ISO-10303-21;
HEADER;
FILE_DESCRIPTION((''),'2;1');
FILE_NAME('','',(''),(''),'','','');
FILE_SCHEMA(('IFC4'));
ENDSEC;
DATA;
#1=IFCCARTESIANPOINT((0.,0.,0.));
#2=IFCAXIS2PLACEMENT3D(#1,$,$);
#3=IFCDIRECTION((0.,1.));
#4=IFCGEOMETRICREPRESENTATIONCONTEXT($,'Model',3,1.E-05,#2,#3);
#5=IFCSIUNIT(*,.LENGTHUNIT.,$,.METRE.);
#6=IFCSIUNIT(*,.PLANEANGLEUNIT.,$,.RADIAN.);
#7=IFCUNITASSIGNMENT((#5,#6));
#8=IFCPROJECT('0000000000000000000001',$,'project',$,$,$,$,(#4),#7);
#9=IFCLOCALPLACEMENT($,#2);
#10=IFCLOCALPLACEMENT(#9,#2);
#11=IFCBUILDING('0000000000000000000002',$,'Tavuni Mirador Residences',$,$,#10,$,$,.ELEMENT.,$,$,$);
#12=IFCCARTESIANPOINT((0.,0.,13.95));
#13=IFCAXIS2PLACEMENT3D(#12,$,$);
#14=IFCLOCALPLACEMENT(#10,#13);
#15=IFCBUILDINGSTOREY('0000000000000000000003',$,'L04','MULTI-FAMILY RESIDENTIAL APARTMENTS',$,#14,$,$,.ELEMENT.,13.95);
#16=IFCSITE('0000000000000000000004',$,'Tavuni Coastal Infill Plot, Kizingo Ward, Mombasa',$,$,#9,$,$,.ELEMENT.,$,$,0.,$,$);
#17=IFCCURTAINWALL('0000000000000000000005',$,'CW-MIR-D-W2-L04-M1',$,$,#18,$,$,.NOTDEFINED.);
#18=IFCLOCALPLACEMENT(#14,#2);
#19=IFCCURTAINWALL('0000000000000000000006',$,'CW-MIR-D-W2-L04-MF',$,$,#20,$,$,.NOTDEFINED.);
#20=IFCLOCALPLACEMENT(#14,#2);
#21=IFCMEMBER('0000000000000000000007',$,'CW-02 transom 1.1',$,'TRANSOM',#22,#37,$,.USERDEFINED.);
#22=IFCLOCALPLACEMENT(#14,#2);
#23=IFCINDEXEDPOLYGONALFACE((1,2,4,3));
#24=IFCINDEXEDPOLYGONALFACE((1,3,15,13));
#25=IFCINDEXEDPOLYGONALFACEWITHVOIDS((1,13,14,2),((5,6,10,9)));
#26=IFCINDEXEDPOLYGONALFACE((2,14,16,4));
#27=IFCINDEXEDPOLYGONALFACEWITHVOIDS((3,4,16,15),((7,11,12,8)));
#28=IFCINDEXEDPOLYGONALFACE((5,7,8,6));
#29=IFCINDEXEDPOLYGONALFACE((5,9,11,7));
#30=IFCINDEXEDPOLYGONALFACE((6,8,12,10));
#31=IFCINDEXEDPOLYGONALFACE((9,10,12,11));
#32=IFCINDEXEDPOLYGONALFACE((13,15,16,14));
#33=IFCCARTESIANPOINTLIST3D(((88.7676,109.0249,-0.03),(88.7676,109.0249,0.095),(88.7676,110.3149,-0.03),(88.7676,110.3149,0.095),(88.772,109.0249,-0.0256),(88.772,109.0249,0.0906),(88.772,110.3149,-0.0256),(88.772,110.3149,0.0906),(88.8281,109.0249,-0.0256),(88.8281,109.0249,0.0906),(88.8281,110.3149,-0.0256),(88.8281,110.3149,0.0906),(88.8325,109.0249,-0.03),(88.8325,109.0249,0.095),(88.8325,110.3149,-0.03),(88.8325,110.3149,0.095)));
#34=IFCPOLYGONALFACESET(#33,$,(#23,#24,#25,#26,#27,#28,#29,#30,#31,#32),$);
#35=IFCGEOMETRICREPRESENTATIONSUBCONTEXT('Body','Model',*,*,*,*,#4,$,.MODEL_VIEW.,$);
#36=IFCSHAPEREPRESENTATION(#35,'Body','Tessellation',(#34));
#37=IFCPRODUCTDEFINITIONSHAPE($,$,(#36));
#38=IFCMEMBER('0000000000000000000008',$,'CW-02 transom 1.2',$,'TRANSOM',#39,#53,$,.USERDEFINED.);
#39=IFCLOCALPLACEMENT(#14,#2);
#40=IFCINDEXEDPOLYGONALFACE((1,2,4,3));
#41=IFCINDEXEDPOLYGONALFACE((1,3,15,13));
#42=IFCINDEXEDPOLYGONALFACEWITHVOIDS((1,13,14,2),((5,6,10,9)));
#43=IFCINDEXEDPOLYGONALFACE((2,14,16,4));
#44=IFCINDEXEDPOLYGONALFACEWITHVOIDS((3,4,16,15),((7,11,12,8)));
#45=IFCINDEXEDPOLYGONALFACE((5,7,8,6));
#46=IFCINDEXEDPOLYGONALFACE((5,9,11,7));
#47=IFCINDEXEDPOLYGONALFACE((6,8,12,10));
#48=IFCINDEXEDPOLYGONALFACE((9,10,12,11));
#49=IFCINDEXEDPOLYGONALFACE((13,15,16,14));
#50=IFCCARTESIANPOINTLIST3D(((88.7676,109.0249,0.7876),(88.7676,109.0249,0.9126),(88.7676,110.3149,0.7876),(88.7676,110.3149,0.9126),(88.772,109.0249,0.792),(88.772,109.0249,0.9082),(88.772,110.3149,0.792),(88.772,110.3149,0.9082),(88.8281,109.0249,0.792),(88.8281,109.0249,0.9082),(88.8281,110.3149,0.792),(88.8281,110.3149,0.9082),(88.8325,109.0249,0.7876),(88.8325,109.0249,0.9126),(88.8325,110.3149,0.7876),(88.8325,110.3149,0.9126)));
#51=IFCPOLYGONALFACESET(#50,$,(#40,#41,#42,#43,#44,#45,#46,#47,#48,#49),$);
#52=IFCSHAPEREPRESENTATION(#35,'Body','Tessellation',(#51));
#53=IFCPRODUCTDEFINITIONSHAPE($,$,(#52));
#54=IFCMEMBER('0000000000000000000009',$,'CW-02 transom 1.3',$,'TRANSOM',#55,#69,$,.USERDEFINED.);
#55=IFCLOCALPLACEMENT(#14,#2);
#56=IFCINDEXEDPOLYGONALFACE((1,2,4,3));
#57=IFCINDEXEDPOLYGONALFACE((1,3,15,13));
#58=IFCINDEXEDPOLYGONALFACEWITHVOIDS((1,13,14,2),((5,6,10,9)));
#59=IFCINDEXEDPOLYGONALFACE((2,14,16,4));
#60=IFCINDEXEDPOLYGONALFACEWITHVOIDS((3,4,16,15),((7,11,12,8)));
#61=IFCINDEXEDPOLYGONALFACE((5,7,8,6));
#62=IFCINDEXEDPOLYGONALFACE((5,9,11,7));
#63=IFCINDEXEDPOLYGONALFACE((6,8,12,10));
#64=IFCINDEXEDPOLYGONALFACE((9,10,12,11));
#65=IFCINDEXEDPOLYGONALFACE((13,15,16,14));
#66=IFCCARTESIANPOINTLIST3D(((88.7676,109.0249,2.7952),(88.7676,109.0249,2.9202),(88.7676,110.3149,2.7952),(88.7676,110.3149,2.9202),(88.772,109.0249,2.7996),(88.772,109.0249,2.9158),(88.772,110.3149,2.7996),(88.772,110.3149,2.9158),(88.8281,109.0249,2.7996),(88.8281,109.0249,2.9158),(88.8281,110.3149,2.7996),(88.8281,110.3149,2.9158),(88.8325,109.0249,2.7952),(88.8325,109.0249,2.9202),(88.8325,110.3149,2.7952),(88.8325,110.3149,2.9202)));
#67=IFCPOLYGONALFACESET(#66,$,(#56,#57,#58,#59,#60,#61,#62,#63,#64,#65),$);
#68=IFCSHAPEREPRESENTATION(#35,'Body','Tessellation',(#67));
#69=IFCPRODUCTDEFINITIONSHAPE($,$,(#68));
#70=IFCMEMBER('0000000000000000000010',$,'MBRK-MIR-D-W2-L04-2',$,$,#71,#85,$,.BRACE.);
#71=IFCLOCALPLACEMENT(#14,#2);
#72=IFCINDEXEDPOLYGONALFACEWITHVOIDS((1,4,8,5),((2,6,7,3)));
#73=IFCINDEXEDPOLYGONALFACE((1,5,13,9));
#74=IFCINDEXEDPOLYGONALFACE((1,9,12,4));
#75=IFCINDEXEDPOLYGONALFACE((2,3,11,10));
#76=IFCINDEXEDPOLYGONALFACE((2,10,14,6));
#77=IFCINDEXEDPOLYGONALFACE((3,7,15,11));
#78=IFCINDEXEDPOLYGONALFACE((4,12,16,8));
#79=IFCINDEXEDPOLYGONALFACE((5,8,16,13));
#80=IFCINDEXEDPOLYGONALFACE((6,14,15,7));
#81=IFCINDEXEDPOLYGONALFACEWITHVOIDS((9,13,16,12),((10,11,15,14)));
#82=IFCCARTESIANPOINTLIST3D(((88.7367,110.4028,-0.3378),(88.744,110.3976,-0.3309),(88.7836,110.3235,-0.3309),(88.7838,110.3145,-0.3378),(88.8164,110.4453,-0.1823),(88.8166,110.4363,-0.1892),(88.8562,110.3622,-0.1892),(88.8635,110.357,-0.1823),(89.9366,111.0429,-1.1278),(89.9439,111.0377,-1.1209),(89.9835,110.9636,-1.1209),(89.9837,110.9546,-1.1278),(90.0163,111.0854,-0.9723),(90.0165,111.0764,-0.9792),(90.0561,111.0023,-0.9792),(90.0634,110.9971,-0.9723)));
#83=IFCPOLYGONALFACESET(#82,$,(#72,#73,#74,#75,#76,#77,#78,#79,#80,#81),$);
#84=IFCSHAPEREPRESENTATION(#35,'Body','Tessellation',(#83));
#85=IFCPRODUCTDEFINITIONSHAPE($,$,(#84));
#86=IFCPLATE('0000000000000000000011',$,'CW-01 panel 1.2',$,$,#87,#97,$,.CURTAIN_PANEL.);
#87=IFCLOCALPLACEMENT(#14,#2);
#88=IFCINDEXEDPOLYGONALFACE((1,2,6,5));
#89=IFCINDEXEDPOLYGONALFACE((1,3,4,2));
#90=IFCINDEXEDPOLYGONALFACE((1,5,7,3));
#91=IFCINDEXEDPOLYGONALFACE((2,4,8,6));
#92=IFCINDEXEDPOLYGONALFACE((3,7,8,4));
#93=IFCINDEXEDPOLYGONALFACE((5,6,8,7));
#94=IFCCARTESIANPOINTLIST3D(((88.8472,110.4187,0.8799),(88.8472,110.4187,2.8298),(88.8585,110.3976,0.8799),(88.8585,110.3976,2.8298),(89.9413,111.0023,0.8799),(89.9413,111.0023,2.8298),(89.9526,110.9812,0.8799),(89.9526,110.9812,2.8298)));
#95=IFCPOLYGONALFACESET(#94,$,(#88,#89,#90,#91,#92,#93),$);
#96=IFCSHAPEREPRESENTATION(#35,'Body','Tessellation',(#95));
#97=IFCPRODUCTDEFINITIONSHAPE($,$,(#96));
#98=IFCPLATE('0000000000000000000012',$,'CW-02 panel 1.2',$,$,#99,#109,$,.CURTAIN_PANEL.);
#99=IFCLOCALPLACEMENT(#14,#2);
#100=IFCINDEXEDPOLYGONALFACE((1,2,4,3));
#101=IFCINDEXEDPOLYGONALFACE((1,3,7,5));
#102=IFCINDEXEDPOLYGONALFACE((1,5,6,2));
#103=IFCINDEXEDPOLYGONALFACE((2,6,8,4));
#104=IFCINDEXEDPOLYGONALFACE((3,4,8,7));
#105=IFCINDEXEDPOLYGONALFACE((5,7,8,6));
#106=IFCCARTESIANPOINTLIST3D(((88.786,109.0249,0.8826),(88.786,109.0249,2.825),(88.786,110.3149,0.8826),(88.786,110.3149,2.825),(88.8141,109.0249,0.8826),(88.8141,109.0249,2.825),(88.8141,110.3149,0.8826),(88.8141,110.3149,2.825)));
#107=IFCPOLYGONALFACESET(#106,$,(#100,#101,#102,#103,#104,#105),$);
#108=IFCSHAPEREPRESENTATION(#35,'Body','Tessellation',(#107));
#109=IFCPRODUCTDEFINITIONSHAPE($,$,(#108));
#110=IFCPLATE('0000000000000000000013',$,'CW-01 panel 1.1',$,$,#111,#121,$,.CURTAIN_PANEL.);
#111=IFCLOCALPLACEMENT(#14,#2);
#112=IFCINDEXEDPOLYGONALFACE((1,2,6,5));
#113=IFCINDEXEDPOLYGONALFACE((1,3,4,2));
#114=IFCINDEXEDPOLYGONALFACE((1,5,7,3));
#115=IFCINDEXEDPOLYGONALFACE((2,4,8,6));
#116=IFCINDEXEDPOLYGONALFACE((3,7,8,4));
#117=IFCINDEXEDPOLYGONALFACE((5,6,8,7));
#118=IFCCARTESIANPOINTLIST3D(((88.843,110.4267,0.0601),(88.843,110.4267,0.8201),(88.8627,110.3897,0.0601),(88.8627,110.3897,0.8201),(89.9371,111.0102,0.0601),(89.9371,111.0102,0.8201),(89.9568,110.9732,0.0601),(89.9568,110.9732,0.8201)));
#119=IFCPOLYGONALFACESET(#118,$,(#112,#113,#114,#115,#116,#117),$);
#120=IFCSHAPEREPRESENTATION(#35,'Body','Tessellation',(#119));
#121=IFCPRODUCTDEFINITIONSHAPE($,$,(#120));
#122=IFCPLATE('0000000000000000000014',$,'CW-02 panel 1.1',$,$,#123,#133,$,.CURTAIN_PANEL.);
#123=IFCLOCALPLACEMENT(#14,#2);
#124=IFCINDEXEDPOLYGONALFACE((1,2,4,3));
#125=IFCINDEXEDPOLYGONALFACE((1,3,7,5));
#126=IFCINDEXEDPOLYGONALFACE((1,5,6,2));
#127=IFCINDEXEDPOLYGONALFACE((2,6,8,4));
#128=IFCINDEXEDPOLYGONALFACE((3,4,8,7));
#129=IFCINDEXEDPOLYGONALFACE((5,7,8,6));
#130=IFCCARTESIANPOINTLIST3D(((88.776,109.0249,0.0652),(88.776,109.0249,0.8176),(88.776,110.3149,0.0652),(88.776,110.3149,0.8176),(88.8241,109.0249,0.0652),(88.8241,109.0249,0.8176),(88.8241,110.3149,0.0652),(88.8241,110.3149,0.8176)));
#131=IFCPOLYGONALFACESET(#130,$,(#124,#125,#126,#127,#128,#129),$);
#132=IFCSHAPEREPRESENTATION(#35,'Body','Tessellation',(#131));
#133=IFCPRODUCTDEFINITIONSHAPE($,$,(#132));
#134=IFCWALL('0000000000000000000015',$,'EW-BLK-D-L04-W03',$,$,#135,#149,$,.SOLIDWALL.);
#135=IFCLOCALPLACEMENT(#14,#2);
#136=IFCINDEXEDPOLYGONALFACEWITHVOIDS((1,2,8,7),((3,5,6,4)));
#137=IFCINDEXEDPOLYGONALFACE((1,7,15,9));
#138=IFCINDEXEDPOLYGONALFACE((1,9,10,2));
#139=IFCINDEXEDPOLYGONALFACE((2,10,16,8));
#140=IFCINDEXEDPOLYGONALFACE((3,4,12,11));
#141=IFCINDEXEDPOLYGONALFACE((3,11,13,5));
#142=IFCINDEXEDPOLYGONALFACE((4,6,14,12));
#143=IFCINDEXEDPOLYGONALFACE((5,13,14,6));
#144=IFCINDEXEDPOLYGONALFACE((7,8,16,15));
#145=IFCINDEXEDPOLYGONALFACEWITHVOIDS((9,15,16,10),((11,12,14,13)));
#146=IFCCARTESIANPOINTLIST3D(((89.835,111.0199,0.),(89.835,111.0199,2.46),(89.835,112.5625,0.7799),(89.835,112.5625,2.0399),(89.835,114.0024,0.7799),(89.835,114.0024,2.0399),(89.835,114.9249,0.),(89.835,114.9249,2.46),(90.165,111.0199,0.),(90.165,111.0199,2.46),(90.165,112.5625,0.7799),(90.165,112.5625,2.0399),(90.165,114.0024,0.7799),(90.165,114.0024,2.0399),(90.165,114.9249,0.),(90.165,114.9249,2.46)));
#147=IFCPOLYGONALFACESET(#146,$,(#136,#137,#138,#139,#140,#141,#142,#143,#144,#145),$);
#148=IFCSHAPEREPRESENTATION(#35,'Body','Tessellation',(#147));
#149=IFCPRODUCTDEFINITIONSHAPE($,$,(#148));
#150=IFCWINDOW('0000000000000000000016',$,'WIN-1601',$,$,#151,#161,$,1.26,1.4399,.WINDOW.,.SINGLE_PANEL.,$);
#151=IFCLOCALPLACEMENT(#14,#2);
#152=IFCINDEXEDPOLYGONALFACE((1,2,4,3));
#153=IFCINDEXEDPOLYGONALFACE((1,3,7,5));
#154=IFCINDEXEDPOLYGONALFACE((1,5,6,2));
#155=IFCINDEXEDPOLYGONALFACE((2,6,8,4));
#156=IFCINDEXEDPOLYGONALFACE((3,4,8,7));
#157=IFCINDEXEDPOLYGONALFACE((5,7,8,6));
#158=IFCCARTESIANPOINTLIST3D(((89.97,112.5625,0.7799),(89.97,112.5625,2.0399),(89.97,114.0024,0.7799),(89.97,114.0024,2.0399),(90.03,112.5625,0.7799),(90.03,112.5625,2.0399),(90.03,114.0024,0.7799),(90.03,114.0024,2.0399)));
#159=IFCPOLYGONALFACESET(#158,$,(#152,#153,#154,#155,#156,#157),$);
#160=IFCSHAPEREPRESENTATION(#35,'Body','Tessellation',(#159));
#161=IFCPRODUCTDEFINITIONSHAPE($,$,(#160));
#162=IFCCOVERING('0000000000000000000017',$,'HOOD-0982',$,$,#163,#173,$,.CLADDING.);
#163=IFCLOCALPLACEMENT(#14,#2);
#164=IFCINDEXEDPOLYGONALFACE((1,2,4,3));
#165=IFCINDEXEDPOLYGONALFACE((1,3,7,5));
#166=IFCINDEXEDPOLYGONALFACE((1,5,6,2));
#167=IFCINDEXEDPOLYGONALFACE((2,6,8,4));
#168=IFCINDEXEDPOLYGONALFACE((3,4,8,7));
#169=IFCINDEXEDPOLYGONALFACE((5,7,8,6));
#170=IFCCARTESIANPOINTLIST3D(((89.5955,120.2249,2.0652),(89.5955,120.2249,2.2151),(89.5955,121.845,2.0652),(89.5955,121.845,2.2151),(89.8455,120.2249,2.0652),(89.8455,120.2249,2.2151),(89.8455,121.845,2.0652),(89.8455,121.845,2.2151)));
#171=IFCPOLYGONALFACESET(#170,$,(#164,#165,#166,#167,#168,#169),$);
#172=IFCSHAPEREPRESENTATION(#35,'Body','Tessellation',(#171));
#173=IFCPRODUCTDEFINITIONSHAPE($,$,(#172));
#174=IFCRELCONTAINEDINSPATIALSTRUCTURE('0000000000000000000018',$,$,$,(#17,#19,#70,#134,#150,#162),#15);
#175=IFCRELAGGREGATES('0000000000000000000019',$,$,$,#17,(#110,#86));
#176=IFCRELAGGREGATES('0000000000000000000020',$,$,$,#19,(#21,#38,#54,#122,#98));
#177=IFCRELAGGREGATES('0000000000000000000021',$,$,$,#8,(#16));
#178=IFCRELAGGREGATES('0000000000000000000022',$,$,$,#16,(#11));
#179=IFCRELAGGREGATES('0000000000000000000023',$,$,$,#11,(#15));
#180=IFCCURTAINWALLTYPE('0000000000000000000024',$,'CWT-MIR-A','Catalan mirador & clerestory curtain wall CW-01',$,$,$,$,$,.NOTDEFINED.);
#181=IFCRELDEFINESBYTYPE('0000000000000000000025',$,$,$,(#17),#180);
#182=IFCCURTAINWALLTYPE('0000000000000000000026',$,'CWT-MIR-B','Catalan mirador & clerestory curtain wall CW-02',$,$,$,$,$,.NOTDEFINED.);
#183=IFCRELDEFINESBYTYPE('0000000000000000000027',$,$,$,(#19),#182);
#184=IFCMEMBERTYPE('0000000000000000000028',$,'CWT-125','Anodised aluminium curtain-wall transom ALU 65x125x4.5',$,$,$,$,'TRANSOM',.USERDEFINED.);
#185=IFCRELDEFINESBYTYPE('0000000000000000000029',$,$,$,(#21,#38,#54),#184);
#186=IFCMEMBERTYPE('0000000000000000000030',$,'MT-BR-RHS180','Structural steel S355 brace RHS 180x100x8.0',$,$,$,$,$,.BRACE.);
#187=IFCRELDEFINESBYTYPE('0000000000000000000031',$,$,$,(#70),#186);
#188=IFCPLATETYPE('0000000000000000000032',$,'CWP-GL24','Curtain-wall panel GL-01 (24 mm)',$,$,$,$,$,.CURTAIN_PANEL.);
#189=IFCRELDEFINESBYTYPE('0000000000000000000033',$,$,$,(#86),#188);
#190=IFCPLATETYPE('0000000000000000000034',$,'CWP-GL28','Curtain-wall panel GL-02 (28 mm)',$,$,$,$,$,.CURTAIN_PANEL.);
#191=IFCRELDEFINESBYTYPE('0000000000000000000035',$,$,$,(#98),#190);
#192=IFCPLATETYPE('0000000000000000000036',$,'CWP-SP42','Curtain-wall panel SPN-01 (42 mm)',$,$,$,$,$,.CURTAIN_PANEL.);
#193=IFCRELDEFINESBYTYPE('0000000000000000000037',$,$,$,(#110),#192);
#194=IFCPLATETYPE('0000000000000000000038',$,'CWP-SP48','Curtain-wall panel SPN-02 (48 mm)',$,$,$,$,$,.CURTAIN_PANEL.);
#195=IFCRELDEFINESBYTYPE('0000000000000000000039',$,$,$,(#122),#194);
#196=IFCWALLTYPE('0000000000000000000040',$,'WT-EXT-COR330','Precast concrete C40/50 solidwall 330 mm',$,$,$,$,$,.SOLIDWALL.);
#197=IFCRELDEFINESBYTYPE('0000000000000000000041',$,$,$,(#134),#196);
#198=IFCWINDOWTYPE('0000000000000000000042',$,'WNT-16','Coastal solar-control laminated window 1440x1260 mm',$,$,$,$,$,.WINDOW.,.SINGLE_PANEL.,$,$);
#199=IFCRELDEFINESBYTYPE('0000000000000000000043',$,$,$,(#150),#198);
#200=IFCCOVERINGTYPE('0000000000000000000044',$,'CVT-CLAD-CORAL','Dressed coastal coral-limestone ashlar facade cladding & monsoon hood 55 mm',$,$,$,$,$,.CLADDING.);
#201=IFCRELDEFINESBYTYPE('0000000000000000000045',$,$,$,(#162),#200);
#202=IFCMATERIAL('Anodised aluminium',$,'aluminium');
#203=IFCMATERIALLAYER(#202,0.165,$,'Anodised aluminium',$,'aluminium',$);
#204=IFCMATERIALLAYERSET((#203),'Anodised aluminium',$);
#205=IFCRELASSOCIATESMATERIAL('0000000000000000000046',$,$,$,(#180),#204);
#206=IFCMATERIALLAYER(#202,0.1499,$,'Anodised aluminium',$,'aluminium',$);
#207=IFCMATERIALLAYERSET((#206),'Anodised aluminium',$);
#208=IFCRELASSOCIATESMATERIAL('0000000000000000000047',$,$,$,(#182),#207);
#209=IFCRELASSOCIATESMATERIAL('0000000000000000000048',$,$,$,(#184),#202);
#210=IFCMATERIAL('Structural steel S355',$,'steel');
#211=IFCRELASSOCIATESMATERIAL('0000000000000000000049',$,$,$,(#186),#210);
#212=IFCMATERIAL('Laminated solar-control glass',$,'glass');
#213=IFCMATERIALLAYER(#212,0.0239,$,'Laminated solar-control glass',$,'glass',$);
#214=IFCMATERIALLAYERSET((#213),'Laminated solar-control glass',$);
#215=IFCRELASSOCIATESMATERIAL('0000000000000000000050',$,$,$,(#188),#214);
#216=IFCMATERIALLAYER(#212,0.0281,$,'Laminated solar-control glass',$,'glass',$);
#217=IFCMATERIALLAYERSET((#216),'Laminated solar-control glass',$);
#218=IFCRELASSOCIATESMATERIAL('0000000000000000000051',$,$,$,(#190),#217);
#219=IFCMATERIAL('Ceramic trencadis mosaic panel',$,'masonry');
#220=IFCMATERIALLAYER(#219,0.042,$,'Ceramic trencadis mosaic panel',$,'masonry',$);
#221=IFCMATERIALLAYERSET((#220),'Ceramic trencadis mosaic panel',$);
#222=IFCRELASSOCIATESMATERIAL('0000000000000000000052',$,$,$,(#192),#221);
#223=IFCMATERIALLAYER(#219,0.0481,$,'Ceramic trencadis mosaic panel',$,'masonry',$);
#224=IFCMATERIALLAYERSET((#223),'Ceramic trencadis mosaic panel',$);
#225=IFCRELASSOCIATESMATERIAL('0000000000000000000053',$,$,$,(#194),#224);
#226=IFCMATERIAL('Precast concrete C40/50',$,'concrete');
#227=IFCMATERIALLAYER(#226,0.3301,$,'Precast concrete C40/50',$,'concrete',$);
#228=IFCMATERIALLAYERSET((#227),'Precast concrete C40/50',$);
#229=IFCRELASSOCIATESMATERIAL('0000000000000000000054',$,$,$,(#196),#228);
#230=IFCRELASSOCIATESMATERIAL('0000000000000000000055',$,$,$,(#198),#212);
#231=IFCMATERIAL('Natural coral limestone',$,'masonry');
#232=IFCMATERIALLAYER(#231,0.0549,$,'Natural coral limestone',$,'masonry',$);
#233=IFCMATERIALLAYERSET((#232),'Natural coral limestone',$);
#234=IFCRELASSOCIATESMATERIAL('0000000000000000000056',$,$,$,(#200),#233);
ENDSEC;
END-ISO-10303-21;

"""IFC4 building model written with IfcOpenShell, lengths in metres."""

from ifc_helpers import new_model, si_unit, direction, frame, frame_2d, origin, origin_2d, place, context, subcontext, project, spatial, rectangle, hollow_rectangle, extrude, material, layer, layer_set, material_profile, profile_set, type_object, element, fill, aggregate, save


model = new_model("IFC4")

# Units and contexts
model_context = context("Model", 3, precision=1e-05, world=origin(), true_north=direction((0.0, 1.0)))
body_context = subcontext(model_context, "Body", "Model", "MODEL_VIEW")
ifc_project = project(units=[si_unit("LENGTHUNIT", "METRE"), si_unit("PLANEANGLEUNIT", "RADIAN")], contexts=[model_context])

# Site, building, storey
site_placement = place(None, origin())
site = spatial("IfcSite", under=ifc_project, at=site_placement, Name="Tavuni Coastal Infill Plot, Kizingo Ward, Mombasa", CompositionType="ELEMENT", RefElevation=0.0)
building_placement = place(site_placement, origin())
building = spatial("IfcBuilding", under=site, at=building_placement, Name="Tavuni Mirador Residences", CompositionType="ELEMENT")
storey_placement = place(building_placement, frame((0.0, 0.0, 13.95)))
storey = spatial("IfcBuildingStorey", under=building, at=storey_placement, Name="L04", Description="MULTI-FAMILY RESIDENTIAL APARTMENTS", CompositionType="ELEMENT", Elevation=13.95)

# Shared definitions
ifc_material_1 = material(Name="Precast concrete C40/50", Category="concrete")

# Curtain walls
ifc_material_2 = material(Name="Anodised aluminium", Category="aluminium")
ifc_layer_1 = layer(ifc_material_2, 0.165, Name="Anodised aluminium", Category="aluminium")
ifc_layer_set_1 = layer_set([ifc_layer_1], Name="Anodised aluminium")
curtain_wall_type_1 = type_object("IfcCurtainWallType", Name="CWT-MIR-A", Description="Catalan mirador & clerestory curtain wall CW-01", PredefinedType="NOTDEFINED", material=ifc_layer_set_1)
curtain_wall_1_placement = place(storey_placement, origin())
curtain_wall_1 = element("IfcCurtainWall", 1, at=curtain_wall_1_placement, inside=storey, type_object=curtain_wall_type_1, Name="CW-MIR-D-W2-L04-M1", PredefinedType="NOTDEFINED")
ifc_layer_2 = layer(ifc_material_2, 0.1499, Name="Anodised aluminium", Category="aluminium")
ifc_layer_set_2 = layer_set([ifc_layer_2], Name="Anodised aluminium")
curtain_wall_type_2 = type_object("IfcCurtainWallType", Name="CWT-MIR-B", Description="Catalan mirador & clerestory curtain wall CW-02", PredefinedType="NOTDEFINED", material=ifc_layer_set_2)
curtain_wall_2_placement = place(storey_placement, origin())
curtain_wall_2 = element("IfcCurtainWall", 2, at=curtain_wall_2_placement, inside=storey, type_object=curtain_wall_type_2, Name="CW-MIR-D-W2-L04-MF", PredefinedType="NOTDEFINED")

# Members
ifc_material_profile_1 = material_profile(ifc_material_2, hollow_rectangle(XDim=0.0649, YDim=0.125, WallThickness=0.0044, at=origin_2d()), Name="ALU 65x125x4.5", Category="aluminium")
ifc_profile_set_1 = profile_set([ifc_material_profile_1], Name="Anodised aluminium")
member_type_1 = type_object("IfcMemberType", Name="CWT-125", Description="Anodised aluminium curtain-wall transom ALU 65x125x4.5", ElementType="TRANSOM", PredefinedType="USERDEFINED", material=ifc_profile_set_1)
member_1_placement = place(storey_placement, frame((88.8, 110.3149, 0.0325), z_axis=(0.0, -1.0, 0.0), x_axis=(1.0, 0.0, 0.0)))
member_1 = element("IfcMember", 3, at=member_1_placement, type_object=member_type_1, Name="CW-02 transom 1.1", ObjectType="TRANSOM", PredefinedType="USERDEFINED", context=body_context, shape_type="SweptSolid", body=[
    extrude(hollow_rectangle(XDim=0.0649, YDim=0.125, WallThickness=0.0044, at=origin_2d()), origin(), (0.0, 0.0, 1.0), 1.29),
])
member_2_placement = place(storey_placement, frame((88.8, 110.3149, 0.8501), z_axis=(0.0, -1.0, 0.0), x_axis=(1.0, 0.0, 0.0)))
member_2 = element("IfcMember", 4, at=member_2_placement, type_object=member_type_1, Name="CW-02 transom 1.2", ObjectType="TRANSOM", PredefinedType="USERDEFINED", context=body_context, shape_type="SweptSolid", body=[
    extrude(hollow_rectangle(XDim=0.0649, YDim=0.125, WallThickness=0.0044, at=origin_2d()), origin(), (0.0, 0.0, 1.0), 1.29),
])
member_3_placement = place(storey_placement, frame((88.8, 110.3149, 2.8577), z_axis=(0.0, -1.0, 0.0), x_axis=(1.0, 0.0, 0.0)))
member_3 = element("IfcMember", 5, at=member_3_placement, type_object=member_type_1, Name="CW-02 transom 1.3", ObjectType="TRANSOM", PredefinedType="USERDEFINED", context=body_context, shape_type="SweptSolid", body=[
    extrude(hollow_rectangle(XDim=0.0649, YDim=0.125, WallThickness=0.0044, at=origin_2d()), origin(), (0.0, 0.0, 1.0), 1.29),
])
ifc_material_3 = material(Name="Structural steel S355", Category="steel")
ifc_material_profile_2 = material_profile(ifc_material_3, hollow_rectangle(XDim=0.1001, YDim=0.1799, WallThickness=0.0081, at=origin_2d()), Name="RHS 180x100x8.0", Category="steel")
ifc_profile_set_2 = profile_set([ifc_material_profile_2], Name="Structural steel S355")
member_type_2 = type_object("IfcMemberType", Name="MT-BR-RHS180", Description="Structural steel S355 brace RHS 180x100x8.0", PredefinedType="BRACE", material=ifc_profile_set_2)
member_4_placement = place(storey_placement, frame((90.0, 111.02, -1.05), z_axis=(-0.762921, -0.406995, 0.502302), x_axis=(0.470681, -0.882303, 0.0)))
element("IfcMember", 6, at=member_4_placement, inside=storey, type_object=member_type_2, Name="MBRK-MIR-D-W2-L04-2", PredefinedType="BRACE", context=body_context, shape_type="SweptSolid", body=[
    extrude(hollow_rectangle(XDim=0.1001, YDim=0.1799, WallThickness=0.0081, at=origin_2d()), origin(), (0.0, 0.0, 1.0), 1.5728),
])

# Plates
ifc_material_4 = material(Name="Laminated solar-control glass", Category="glass")
ifc_layer_3 = layer(ifc_material_4, 0.0239, Name="Laminated solar-control glass", Category="glass")
ifc_layer_set_3 = layer_set([ifc_layer_3], Name="Laminated solar-control glass")
plate_type_1 = type_object("IfcPlateType", Name="CWP-GL24", Description="Curtain-wall panel GL-01 (24 mm)", PredefinedType="CURTAIN_PANEL", material=ifc_layer_set_3)
plate_1_placement = place(storey_placement, frame((89.3999, 110.7, 0.8799), z_axis=(0.0, 0.0, 1.0), x_axis=(-0.882353, -0.470588, 0.0)))
plate_1 = element("IfcPlate", 7, at=plate_1_placement, type_object=plate_type_1, Name="CW-01 panel 1.2", PredefinedType="CURTAIN_PANEL", context=body_context, shape_type="SweptSolid", body=[
    extrude(rectangle(XDim=1.24, YDim=0.0239, at=origin_2d()), origin(), (0.0, 0.0, 1.0), 1.95),
])
ifc_layer_4 = layer(ifc_material_4, 0.0281, Name="Laminated solar-control glass", Category="glass")
ifc_layer_set_4 = layer_set([ifc_layer_4], Name="Laminated solar-control glass")
plate_type_2 = type_object("IfcPlateType", Name="CWP-GL28", Description="Curtain-wall panel GL-02 (28 mm)", PredefinedType="CURTAIN_PANEL", material=ifc_layer_set_4)
plate_2_placement = place(storey_placement, frame((88.8, 109.6699, 0.8826), z_axis=(0.0, 0.0, 1.0), x_axis=(0.0, -1.0, 0.0)))
plate_2 = element("IfcPlate", 8, at=plate_2_placement, type_object=plate_type_2, Name="CW-02 panel 1.2", PredefinedType="CURTAIN_PANEL", context=body_context, shape_type="SweptSolid", body=[
    extrude(rectangle(XDim=1.29, YDim=0.0281, at=origin_2d()), origin(), (0.0, 0.0, 1.0), 1.9424),
])
ifc_material_5 = material(Name="Ceramic trencadis mosaic panel", Category="masonry")
ifc_layer_5 = layer(ifc_material_5, 0.042, Name="Ceramic trencadis mosaic panel", Category="masonry")
ifc_layer_set_5 = layer_set([ifc_layer_5], Name="Ceramic trencadis mosaic panel")
plate_type_3 = type_object("IfcPlateType", Name="CWP-SP42", Description="Curtain-wall panel SPN-01 (42 mm)", PredefinedType="CURTAIN_PANEL", material=ifc_layer_set_5)
plate_3_placement = place(storey_placement, frame((89.3999, 110.7, 0.0601), z_axis=(0.0, 0.0, 1.0), x_axis=(-0.882353, -0.470588, 0.0)))
plate_3 = element("IfcPlate", 9, at=plate_3_placement, type_object=plate_type_3, Name="CW-01 panel 1.1", PredefinedType="CURTAIN_PANEL", context=body_context, shape_type="SweptSolid", body=[
    extrude(rectangle(XDim=1.24, YDim=0.042, at=origin_2d()), origin(), (0.0, 0.0, 1.0), 0.76),
])
aggregate(curtain_wall_1, [plate_3, plate_1])
ifc_layer_6 = layer(ifc_material_5, 0.0481, Name="Ceramic trencadis mosaic panel", Category="masonry")
ifc_layer_set_6 = layer_set([ifc_layer_6], Name="Ceramic trencadis mosaic panel")
plate_type_4 = type_object("IfcPlateType", Name="CWP-SP48", Description="Curtain-wall panel SPN-02 (48 mm)", PredefinedType="CURTAIN_PANEL", material=ifc_layer_set_6)
plate_4_placement = place(storey_placement, frame((88.8, 109.6699, 0.0652), z_axis=(0.0, 0.0, 1.0), x_axis=(0.0, -1.0, 0.0)))
plate_4 = element("IfcPlate", 10, at=plate_4_placement, type_object=plate_type_4, Name="CW-02 panel 1.1", PredefinedType="CURTAIN_PANEL", context=body_context, shape_type="SweptSolid", body=[
    extrude(rectangle(XDim=1.29, YDim=0.0481, at=origin_2d()), origin(), (0.0, 0.0, 1.0), 0.7524),
])
aggregate(curtain_wall_2, [member_1, member_2, member_3, plate_4, plate_2])

# Wall, opening, window
ifc_layer_7 = layer(ifc_material_1, 0.3301, Name="Precast concrete C40/50", Category="concrete")
ifc_layer_set_7 = layer_set([ifc_layer_7], Name="Precast concrete C40/50")
wall_type = type_object("IfcWallType", Name="WT-EXT-COR330", Description="Precast concrete C40/50 solidwall 330 mm", PredefinedType="SOLIDWALL", material=ifc_layer_set_7)
wall_placement = place(storey_placement, frame((90.0, 114.925, 0.0), z_axis=(0.0, 0.0, 1.0), x_axis=(0.0, -1.0, 0.0)))
wall = element("IfcWall", 11, at=wall_placement, inside=storey, type_object=wall_type, Name="EW-BLK-D-L04-W03", PredefinedType="SOLIDWALL", context=body_context, shape_type="SweptSolid", body=[
    extrude(rectangle(XDim=3.905, YDim=0.3301, at=frame_2d((1.9526, 0.0))), origin(), (0.0, 0.0, 1.0), 2.46),
])
opening_placement = place(wall_placement, frame((0.9226, 0.0, 0.78)))
opening = element("IfcOpeningElement", 12, at=opening_placement, cuts=wall, PredefinedType="OPENING", context=body_context, shape_type="SweptSolid", body=[
    extrude(rectangle(XDim=1.4399, YDim=1.26, at=frame_2d((0.72, 0.6299))), frame((0.0, 0.175, 0.0), z_axis=(0.0, -1.0, 0.0), x_axis=(1.0, 0.0, 0.0)), (0.0, 0.0, 1.0), 0.3501),
])
window_type = type_object("IfcWindowType", Name="WNT-16", Description="Coastal solar-control laminated window 1440x1260 mm", PartitioningType="SINGLE_PANEL", PredefinedType="WINDOW", material=ifc_material_4)
window_placement = place(opening_placement, origin())
window = element("IfcWindow", 13, at=window_placement, inside=storey, type_object=window_type, Name="WIN-1601", OverallHeight=1.26, OverallWidth=1.4399, PartitioningType="SINGLE_PANEL", PredefinedType="WINDOW", context=body_context, shape_type="SweptSolid", body=[
    extrude(rectangle(XDim=1.4399, YDim=1.26, at=frame_2d((0.72, 0.6299))), frame((0.0, 0.03, 0.0), z_axis=(0.0, -1.0, 0.0), x_axis=(1.0, 0.0, 0.0)), (0.0, 0.0, 1.0), 0.0601),
])
fill(opening, window)

# Covering
ifc_material_6 = material(Name="Natural coral limestone", Category="masonry")
ifc_layer_8 = layer(ifc_material_6, 0.0549, Name="Natural coral limestone", Category="masonry")
ifc_layer_set_8 = layer_set([ifc_layer_8], Name="Natural coral limestone")
covering_type = type_object("IfcCoveringType", Name="CVT-CLAD-CORAL", Description="Dressed coastal coral-limestone ashlar facade cladding & monsoon hood 55 mm", PredefinedType="CLADDING", material=ifc_layer_set_8)
covering_1_placement = place(storey_placement, frame((89.7205, 121.0349, 2.0652), z_axis=(0.0, 0.0, 1.0), x_axis=(0.0, -1.0, 0.0)))
element("IfcCovering", 14, at=covering_1_placement, inside=storey, type_object=covering_type, Name="HOOD-0982", PredefinedType="CLADDING", context=body_context, shape_type="SweptSolid", body=[
    extrude(rectangle(XDim=1.6201, YDim=0.25, at=origin_2d()), origin(), (0.0, 0.0, 1.0), 0.1499),
])

save(model, "model.ifc")
